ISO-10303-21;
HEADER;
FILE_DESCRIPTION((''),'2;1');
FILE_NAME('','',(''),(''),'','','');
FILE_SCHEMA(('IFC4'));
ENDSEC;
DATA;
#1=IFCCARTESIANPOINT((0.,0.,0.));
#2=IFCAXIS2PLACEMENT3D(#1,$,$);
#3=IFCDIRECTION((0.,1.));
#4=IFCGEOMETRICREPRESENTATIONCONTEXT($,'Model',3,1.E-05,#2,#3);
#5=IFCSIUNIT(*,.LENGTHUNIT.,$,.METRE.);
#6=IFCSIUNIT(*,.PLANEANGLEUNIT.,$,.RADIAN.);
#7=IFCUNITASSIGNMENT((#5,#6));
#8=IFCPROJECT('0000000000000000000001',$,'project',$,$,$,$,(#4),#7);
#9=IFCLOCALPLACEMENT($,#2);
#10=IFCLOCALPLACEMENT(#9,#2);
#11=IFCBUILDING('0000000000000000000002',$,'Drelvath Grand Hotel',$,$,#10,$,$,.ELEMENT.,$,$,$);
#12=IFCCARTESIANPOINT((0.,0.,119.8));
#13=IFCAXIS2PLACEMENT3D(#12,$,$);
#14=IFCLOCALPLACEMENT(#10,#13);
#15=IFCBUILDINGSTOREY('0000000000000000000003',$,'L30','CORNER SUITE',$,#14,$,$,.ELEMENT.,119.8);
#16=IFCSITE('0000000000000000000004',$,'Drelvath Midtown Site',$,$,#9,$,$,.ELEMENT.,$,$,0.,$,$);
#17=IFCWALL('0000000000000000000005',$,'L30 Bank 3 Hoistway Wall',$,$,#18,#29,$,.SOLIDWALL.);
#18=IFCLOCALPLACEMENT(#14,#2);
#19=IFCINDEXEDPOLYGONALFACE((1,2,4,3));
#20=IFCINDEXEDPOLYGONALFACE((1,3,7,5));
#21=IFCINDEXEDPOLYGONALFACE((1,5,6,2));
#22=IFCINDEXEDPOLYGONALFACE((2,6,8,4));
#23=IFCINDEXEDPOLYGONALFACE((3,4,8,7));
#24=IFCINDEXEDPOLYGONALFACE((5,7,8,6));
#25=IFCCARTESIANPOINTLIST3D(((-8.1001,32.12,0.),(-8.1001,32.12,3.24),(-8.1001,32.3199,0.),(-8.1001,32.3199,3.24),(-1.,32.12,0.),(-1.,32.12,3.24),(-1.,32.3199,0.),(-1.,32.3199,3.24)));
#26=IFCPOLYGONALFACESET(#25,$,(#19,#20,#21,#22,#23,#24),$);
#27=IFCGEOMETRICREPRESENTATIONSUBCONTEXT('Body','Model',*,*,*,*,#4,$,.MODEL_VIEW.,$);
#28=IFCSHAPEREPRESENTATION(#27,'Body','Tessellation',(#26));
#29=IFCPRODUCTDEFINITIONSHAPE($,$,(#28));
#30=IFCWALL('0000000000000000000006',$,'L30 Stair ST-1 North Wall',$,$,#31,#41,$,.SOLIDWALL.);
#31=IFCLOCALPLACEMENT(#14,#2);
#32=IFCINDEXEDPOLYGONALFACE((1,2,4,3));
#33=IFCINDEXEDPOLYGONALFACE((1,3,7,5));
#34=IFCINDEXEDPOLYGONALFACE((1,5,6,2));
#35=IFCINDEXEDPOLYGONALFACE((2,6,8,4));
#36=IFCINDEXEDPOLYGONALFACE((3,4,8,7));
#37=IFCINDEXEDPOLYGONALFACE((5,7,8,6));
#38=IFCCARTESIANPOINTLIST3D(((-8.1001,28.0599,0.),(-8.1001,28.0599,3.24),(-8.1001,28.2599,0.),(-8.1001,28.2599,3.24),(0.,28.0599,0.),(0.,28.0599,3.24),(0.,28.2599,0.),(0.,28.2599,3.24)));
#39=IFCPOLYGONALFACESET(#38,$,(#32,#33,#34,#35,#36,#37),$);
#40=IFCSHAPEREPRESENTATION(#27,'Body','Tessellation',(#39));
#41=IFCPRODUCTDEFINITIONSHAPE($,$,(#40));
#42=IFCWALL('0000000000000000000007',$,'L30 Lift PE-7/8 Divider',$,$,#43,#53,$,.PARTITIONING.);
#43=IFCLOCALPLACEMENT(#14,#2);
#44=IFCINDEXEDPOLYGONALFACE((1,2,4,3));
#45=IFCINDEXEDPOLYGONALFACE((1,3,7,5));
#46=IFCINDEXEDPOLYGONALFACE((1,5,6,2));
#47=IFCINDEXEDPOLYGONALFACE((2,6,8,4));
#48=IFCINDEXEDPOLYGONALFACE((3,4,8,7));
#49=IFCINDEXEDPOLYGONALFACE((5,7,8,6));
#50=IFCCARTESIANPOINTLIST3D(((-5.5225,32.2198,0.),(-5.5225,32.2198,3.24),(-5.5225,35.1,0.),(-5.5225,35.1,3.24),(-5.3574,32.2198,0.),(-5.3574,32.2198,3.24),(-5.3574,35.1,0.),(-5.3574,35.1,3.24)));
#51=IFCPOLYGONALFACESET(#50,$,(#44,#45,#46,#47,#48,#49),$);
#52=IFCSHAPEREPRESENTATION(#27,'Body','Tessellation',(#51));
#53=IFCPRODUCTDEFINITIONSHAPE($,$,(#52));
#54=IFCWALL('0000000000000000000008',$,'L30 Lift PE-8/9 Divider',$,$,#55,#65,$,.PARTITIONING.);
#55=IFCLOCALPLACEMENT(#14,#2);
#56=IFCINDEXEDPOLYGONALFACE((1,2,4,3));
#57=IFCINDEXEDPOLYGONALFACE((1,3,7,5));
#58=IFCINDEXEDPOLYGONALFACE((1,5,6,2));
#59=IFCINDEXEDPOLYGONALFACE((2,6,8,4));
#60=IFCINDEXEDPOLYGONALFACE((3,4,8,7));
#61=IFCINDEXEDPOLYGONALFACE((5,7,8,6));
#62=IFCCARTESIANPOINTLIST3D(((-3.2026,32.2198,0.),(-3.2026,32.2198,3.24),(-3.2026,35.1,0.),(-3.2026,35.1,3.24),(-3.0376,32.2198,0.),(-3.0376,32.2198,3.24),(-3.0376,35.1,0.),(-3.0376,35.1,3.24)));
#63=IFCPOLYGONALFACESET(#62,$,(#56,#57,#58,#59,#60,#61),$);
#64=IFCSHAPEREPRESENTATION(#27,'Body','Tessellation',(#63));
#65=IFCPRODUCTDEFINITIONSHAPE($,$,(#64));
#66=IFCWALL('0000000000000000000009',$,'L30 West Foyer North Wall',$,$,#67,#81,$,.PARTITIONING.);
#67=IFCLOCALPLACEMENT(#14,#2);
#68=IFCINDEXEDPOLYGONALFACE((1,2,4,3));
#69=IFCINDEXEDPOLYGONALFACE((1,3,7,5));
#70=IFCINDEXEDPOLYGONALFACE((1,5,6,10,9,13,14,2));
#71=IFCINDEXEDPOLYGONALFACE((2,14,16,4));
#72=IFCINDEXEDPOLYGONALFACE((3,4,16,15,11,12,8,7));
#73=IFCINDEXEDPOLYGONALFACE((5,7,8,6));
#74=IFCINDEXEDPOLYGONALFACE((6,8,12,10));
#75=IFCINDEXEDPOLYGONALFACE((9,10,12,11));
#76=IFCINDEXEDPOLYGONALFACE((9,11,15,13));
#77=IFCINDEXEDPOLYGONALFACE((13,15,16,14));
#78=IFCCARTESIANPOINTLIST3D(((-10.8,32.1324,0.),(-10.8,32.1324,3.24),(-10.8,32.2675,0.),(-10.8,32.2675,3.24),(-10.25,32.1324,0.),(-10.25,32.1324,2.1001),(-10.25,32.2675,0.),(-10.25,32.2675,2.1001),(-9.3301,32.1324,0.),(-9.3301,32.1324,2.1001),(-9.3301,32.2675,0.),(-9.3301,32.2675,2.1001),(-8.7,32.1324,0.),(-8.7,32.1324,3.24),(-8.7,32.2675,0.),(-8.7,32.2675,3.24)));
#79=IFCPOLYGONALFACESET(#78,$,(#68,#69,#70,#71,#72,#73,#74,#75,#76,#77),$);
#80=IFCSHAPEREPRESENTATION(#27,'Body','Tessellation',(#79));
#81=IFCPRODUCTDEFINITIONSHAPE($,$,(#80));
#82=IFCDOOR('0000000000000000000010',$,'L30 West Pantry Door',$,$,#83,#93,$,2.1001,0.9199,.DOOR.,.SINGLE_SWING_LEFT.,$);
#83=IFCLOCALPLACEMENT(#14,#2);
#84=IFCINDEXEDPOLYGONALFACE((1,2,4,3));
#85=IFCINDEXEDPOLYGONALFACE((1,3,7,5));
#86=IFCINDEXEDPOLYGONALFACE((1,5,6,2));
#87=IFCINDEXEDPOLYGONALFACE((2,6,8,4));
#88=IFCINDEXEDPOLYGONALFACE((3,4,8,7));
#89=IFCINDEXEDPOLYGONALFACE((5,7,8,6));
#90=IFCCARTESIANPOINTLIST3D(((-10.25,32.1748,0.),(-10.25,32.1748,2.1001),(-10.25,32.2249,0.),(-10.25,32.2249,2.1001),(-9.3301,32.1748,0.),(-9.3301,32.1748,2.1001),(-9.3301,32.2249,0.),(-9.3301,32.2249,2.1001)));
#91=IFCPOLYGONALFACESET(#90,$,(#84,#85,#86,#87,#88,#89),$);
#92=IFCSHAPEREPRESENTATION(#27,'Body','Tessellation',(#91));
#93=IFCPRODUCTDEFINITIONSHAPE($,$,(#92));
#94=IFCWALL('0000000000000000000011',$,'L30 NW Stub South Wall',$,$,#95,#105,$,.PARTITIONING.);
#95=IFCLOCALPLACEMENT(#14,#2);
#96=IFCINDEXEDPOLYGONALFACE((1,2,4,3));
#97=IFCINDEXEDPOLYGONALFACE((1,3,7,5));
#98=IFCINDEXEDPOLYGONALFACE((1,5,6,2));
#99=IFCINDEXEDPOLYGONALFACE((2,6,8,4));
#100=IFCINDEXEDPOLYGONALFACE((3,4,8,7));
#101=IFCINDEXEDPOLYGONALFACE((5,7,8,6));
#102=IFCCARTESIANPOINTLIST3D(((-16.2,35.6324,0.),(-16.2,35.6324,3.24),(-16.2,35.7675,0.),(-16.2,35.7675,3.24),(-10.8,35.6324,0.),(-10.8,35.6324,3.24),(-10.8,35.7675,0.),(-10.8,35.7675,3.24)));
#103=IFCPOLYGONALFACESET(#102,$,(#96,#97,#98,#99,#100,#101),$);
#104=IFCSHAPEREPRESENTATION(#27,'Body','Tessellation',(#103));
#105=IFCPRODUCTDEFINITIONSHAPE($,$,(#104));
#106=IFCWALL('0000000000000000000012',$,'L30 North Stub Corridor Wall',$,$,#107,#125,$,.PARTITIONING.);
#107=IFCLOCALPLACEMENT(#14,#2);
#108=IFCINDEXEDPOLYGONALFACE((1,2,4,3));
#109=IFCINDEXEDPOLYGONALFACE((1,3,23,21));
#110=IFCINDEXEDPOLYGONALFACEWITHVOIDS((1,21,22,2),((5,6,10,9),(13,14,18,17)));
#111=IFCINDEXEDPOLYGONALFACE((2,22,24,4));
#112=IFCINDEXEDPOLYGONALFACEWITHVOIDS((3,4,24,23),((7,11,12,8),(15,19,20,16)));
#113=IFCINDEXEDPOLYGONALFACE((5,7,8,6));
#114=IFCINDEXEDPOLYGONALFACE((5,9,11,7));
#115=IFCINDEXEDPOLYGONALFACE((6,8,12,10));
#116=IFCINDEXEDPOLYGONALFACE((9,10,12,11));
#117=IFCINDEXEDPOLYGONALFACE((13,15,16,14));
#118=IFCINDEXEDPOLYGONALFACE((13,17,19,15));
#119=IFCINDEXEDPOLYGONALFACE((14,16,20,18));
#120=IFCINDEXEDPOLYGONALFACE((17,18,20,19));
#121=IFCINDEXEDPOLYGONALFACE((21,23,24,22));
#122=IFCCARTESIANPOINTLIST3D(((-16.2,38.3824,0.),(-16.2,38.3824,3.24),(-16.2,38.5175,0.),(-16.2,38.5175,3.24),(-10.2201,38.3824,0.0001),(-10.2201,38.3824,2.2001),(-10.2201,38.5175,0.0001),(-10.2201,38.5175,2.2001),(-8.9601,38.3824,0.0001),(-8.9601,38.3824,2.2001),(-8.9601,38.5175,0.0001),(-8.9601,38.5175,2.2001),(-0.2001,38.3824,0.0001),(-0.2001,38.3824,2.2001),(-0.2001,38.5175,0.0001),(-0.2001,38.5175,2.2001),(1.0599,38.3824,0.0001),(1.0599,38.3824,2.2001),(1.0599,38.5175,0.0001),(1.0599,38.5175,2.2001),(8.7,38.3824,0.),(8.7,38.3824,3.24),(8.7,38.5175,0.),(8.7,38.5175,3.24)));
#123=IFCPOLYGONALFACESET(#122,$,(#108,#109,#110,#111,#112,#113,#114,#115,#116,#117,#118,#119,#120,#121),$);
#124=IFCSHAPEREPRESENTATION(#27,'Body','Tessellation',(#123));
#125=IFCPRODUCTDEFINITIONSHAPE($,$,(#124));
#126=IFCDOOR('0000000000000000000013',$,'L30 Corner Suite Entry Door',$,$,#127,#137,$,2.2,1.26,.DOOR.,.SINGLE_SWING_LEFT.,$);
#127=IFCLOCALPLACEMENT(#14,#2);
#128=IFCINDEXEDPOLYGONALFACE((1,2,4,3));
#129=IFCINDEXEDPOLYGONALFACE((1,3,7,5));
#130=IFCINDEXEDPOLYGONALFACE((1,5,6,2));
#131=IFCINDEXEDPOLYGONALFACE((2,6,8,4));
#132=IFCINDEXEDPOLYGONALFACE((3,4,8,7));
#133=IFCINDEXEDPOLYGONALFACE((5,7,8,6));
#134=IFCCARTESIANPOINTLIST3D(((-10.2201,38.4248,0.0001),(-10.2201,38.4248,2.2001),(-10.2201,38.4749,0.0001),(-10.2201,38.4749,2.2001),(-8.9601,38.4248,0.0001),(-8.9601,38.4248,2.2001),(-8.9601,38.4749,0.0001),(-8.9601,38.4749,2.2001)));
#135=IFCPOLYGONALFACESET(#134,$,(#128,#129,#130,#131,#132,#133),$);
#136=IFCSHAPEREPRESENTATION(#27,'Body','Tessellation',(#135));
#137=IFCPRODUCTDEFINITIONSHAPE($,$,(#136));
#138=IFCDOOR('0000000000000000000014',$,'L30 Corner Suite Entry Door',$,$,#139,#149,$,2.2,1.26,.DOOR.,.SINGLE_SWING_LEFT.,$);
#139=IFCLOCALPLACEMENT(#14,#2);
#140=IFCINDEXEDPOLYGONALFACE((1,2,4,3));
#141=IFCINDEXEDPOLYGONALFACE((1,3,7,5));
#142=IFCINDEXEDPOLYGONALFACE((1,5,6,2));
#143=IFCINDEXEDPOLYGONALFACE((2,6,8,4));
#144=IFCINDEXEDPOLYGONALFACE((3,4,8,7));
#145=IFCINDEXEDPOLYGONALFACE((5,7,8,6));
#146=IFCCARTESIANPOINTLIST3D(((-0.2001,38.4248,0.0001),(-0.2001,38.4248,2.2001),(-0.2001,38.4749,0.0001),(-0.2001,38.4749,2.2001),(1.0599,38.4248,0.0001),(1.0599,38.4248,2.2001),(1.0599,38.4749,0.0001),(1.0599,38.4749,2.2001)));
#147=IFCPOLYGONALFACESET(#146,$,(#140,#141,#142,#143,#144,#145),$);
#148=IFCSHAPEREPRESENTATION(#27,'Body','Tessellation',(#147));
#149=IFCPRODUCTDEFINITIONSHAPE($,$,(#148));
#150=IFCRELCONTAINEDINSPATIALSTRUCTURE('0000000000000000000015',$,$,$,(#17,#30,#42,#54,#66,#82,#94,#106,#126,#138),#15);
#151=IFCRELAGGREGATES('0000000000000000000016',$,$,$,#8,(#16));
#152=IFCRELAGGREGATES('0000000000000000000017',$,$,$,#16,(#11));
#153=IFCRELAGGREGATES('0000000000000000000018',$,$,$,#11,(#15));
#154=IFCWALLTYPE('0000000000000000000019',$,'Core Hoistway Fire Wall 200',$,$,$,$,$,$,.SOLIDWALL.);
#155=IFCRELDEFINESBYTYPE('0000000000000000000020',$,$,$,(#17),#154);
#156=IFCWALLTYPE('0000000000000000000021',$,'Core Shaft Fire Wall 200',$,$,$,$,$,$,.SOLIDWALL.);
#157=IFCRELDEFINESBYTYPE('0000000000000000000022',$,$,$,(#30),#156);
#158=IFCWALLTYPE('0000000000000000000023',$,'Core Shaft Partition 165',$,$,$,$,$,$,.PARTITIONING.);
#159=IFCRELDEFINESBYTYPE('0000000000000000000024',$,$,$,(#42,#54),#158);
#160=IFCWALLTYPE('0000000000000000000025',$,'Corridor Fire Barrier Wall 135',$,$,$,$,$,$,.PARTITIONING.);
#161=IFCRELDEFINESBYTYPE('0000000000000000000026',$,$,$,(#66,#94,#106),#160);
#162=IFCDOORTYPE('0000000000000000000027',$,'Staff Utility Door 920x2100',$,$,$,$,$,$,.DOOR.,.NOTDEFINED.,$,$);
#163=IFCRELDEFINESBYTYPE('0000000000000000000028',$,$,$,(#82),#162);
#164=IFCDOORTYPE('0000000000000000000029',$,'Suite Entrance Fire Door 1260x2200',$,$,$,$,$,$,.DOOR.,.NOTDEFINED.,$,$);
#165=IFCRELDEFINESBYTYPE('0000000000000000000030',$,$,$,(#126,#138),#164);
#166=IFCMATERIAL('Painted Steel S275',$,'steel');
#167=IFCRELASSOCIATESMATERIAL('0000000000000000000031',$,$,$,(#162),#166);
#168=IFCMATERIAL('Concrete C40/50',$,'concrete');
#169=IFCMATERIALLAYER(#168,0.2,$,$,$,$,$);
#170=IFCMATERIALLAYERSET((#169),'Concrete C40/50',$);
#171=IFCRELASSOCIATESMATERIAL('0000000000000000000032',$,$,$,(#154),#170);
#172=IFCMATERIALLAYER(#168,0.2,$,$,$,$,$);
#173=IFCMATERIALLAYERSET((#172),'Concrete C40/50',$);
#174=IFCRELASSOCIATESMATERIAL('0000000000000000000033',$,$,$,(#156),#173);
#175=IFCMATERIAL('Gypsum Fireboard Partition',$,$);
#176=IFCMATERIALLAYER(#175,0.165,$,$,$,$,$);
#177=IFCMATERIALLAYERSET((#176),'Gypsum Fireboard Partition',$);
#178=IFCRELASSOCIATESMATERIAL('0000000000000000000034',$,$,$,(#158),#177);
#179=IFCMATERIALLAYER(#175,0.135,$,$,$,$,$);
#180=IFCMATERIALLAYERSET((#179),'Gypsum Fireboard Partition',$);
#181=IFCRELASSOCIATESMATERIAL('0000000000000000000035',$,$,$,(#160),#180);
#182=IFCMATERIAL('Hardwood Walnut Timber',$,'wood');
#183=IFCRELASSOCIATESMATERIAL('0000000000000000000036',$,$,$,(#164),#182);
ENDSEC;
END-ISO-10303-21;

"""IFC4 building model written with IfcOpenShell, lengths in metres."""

from ifc_helpers import new_model, si_unit, direction, frame, frame_2d, origin, place, context, subcontext, project, spatial, rectangle, extrude, material, layer, layer_set, type_object, element, fill, save


model = new_model("IFC4")

# Units and contexts
model_context = context("Model", 3, precision=1e-05, world=origin(), true_north=direction((0.0, 1.0)))
body_context = subcontext(model_context, "Body", "Model", "MODEL_VIEW")
ifc_project = project(units=[si_unit("LENGTHUNIT", "METRE"), si_unit("PLANEANGLEUNIT", "RADIAN")], contexts=[model_context])

# Site, building, storey
site_placement = place(None, origin())
site = spatial("IfcSite", under=ifc_project, at=site_placement, Name="Drelvath Midtown Site", CompositionType="ELEMENT", RefElevation=0.0)
building_placement = place(site_placement, origin())
building = spatial("IfcBuilding", under=site, at=building_placement, Name="Drelvath Grand Hotel", CompositionType="ELEMENT")
storey_placement = place(building_placement, frame((0.0, 0.0, 119.8)))
storey = spatial("IfcBuildingStorey", under=building, at=storey_placement, Name="L30", Description="CORNER SUITE", CompositionType="ELEMENT", Elevation=119.8)

# Shared definitions
ifc_material_1 = material(Name="Painted Steel S275", Category="steel")
door_type_1 = type_object("IfcDoorType", Name="Staff Utility Door 920x2100", OperationType="NOTDEFINED", PredefinedType="DOOR", material=ifc_material_1)

# Walls
ifc_material_2 = material(Name="Concrete C40/50", Category="concrete")
ifc_layer_1 = layer(ifc_material_2, 0.2)
ifc_layer_set_1 = layer_set([ifc_layer_1], Name="Concrete C40/50")
wall_type_1 = type_object("IfcWallType", Name="Core Hoistway Fire Wall 200", PredefinedType="SOLIDWALL", material=ifc_layer_set_1)
wall_1_placement = place(storey_placement, frame((-8.1001, 32.22, 0.0), z_axis=(0.0, 0.0, 1.0), x_axis=(1.0, 0.0, 0.0)))
element("IfcWall", 1, at=wall_1_placement, inside=storey, type_object=wall_type_1, Name="L30 Bank 3 Hoistway Wall", PredefinedType="SOLIDWALL", context=body_context, shape_type="SweptSolid", body=[
    extrude(rectangle(XDim=7.1001, YDim=0.2, at=frame_2d((3.55, 0.0))), origin(), (0.0, 0.0, 1.0), 3.24),
])
ifc_layer_2 = layer(ifc_material_2, 0.2)
ifc_layer_set_2 = layer_set([ifc_layer_2], Name="Concrete C40/50")
wall_type_2 = type_object("IfcWallType", Name="Core Shaft Fire Wall 200", PredefinedType="SOLIDWALL", material=ifc_layer_set_2)
wall_2_placement = place(storey_placement, frame((-8.1001, 28.1599, 0.0), z_axis=(0.0, 0.0, 1.0), x_axis=(1.0, 0.0, 0.0)))
element("IfcWall", 2, at=wall_2_placement, inside=storey, type_object=wall_type_2, Name="L30 Stair ST-1 North Wall", PredefinedType="SOLIDWALL", context=body_context, shape_type="SweptSolid", body=[
    extrude(rectangle(XDim=8.1001, YDim=0.2, at=frame_2d((4.05, 0.0))), origin(), (0.0, 0.0, 1.0), 3.24),
])
ifc_material_3 = material(Name="Gypsum Fireboard Partition")
ifc_layer_3 = layer(ifc_material_3, 0.165)
ifc_layer_set_3 = layer_set([ifc_layer_3], Name="Gypsum Fireboard Partition")
wall_type_3 = type_object("IfcWallType", Name="Core Shaft Partition 165", PredefinedType="PARTITIONING", material=ifc_layer_set_3)
for number, where, z_axis, x_axis, name in (
    (3, (-5.4399, 32.22, 0.0), (0.0, 0.0, 1.0), (0.0, 1.0, 0.0), "L30 Lift PE-7/8 Divider"),
    (4, (-3.1201, 32.22, 0.0), (0.0, 0.0, 1.0), (0.0, 1.0, 0.0), "L30 Lift PE-8/9 Divider"),
):
    element("IfcWall", number, at=place(storey_placement, frame(where, z_axis=z_axis, x_axis=x_axis)), inside=storey, type_object=wall_type_3, Name=name, PredefinedType="PARTITIONING", context=body_context, shape_type="SweptSolid", body=[
        extrude(rectangle(XDim=2.8801, YDim=0.165, at=frame_2d((1.4399, 0.0))), origin(), (0.0, 0.0, 1.0), 3.24),
    ])

# Wall, opening, door
ifc_layer_4 = layer(ifc_material_3, 0.135)
ifc_layer_set_4 = layer_set([ifc_layer_4], Name="Gypsum Fireboard Partition")
wall_type_4 = type_object("IfcWallType", Name="Corridor Fire Barrier Wall 135", PredefinedType="PARTITIONING", material=ifc_layer_set_4)
wall_3_placement = place(storey_placement, frame((-10.8, 32.2, 0.0), z_axis=(0.0, 0.0, 1.0), x_axis=(1.0, 0.0, 0.0)))
wall_3 = element("IfcWall", 5, at=wall_3_placement, inside=storey, type_object=wall_type_4, Name="L30 West Foyer North Wall", PredefinedType="PARTITIONING", context=body_context, shape_type="SweptSolid", body=[
    extrude(rectangle(XDim=2.1001, YDim=0.135, at=frame_2d((1.05, 0.0))), origin(), (0.0, 0.0, 1.0), 3.24),
])
opening_1_placement = place(wall_3_placement, frame((0.55, 0.0, 0.0)))
opening_1 = element("IfcOpeningElement", 6, at=opening_1_placement, cuts=wall_3, PredefinedType="OPENING", context=body_context, shape_type="SweptSolid", body=[
    extrude(rectangle(XDim=0.9199, YDim=2.1001, at=frame_2d((0.46, 1.05))), frame((0.0, 0.0774, 0.0), z_axis=(0.0, -1.0, 0.0), x_axis=(1.0, 0.0, 0.0)), (0.0, 0.0, 1.0), 0.155),
])
door_1_placement = place(opening_1_placement, origin())
door_1 = element("IfcDoor", 7, at=door_1_placement, inside=storey, type_object=door_type_1, Name="L30 West Pantry Door", OperationType="SINGLE_SWING_LEFT", OverallHeight=2.1001, OverallWidth=0.9199, PredefinedType="DOOR", context=body_context, shape_type="SweptSolid", body=[
    extrude(rectangle(XDim=0.9199, YDim=2.1001, at=frame_2d((0.46, 1.05))), frame((0.0, 0.0249, 0.0), z_axis=(0.0, -1.0, 0.0), x_axis=(1.0, 0.0, 0.0)), (0.0, 0.0, 1.0), 0.05),
])
fill(opening_1, door_1)

# Wall
wall_4_placement = place(storey_placement, frame((-16.2, 35.7, 0.0), z_axis=(0.0, 0.0, 1.0), x_axis=(1.0, 0.0, 0.0)))
element("IfcWall", 8, at=wall_4_placement, inside=storey, type_object=wall_type_4, Name="L30 NW Stub South Wall", PredefinedType="PARTITIONING", context=body_context, shape_type="SweptSolid", body=[
    extrude(rectangle(XDim=5.3999, YDim=0.135, at=frame_2d((2.7, 0.0))), origin(), (0.0, 0.0, 1.0), 3.24),
])

# Wall, openings, doors
wall_5_placement = place(storey_placement, frame((-16.2, 38.45, 0.0), z_axis=(0.0, 0.0, 1.0), x_axis=(1.0, 0.0, 0.0)))
wall_5 = element("IfcWall", 9, at=wall_5_placement, inside=storey, type_object=wall_type_4, Name="L30 North Stub Corridor Wall", PredefinedType="PARTITIONING", context=body_context, shape_type="SweptSolid", body=[
    extrude(rectangle(XDim=24.8999, YDim=0.135, at=frame_2d((12.45, 0.0))), origin(), (0.0, 0.0, 1.0), 3.24),
])
opening_2_placement = place(wall_5_placement, frame((5.98, 0.0, 0.0)))
opening_2 = element("IfcOpeningElement", 10, at=opening_2_placement, cuts=wall_5, PredefinedType="OPENING", context=body_context, shape_type="SweptSolid", body=[
    extrude(rectangle(XDim=1.26, YDim=2.2, at=frame_2d((0.6299, 1.1001))), frame((0.0, 0.0774, 0.0), z_axis=(0.0, -1.0, 0.0), x_axis=(1.0, 0.0, 0.0)), (0.0, 0.0, 1.0), 0.155),
])
opening_3_placement = place(wall_5_placement, frame((16.0, 0.0, 0.0)))
opening_3 = element("IfcOpeningElement", 11, at=opening_3_placement, cuts=wall_5, PredefinedType="OPENING", context=body_context, shape_type="SweptSolid", body=[
    extrude(rectangle(XDim=1.26, YDim=2.2, at=frame_2d((0.6299, 1.1001))), frame((0.0, 0.0774, 0.0), z_axis=(0.0, -1.0, 0.0), x_axis=(1.0, 0.0, 0.0)), (0.0, 0.0, 1.0), 0.155),
])
ifc_material_4 = material(Name="Hardwood Walnut Timber", Category="wood")
door_type_2 = type_object("IfcDoorType", Name="Suite Entrance Fire Door 1260x2200", OperationType="NOTDEFINED", PredefinedType="DOOR", material=ifc_material_4)
door_2_placement = place(opening_2_placement, origin())
door_2 = element("IfcDoor", 12, at=door_2_placement, inside=storey, type_object=door_type_2, Name="L30 Corner Suite Entry Door", OperationType="SINGLE_SWING_LEFT", OverallHeight=2.2, OverallWidth=1.26, PredefinedType="DOOR", context=body_context, shape_type="SweptSolid", body=[
    extrude(rectangle(XDim=1.26, YDim=2.2, at=frame_2d((0.6299, 1.1001))), frame((0.0, 0.0249, 0.0), z_axis=(0.0, -1.0, 0.0), x_axis=(1.0, 0.0, 0.0)), (0.0, 0.0, 1.0), 0.05),
])
fill(opening_2, door_2)
door_3_placement = place(opening_3_placement, origin())
door_3 = element("IfcDoor", 13, at=door_3_placement, inside=storey, type_object=door_type_2, Name="L30 Corner Suite Entry Door", OperationType="SINGLE_SWING_LEFT", OverallHeight=2.2, OverallWidth=1.26, PredefinedType="DOOR", context=body_context, shape_type="SweptSolid", body=[
    extrude(rectangle(XDim=1.26, YDim=2.2, at=frame_2d((0.6299, 1.1001))), frame((0.0, 0.0249, 0.0), z_axis=(0.0, -1.0, 0.0), x_axis=(1.0, 0.0, 0.0)), (0.0, 0.0, 1.0), 0.05),
])
fill(opening_3, door_3)

save(model, "model.ifc")
